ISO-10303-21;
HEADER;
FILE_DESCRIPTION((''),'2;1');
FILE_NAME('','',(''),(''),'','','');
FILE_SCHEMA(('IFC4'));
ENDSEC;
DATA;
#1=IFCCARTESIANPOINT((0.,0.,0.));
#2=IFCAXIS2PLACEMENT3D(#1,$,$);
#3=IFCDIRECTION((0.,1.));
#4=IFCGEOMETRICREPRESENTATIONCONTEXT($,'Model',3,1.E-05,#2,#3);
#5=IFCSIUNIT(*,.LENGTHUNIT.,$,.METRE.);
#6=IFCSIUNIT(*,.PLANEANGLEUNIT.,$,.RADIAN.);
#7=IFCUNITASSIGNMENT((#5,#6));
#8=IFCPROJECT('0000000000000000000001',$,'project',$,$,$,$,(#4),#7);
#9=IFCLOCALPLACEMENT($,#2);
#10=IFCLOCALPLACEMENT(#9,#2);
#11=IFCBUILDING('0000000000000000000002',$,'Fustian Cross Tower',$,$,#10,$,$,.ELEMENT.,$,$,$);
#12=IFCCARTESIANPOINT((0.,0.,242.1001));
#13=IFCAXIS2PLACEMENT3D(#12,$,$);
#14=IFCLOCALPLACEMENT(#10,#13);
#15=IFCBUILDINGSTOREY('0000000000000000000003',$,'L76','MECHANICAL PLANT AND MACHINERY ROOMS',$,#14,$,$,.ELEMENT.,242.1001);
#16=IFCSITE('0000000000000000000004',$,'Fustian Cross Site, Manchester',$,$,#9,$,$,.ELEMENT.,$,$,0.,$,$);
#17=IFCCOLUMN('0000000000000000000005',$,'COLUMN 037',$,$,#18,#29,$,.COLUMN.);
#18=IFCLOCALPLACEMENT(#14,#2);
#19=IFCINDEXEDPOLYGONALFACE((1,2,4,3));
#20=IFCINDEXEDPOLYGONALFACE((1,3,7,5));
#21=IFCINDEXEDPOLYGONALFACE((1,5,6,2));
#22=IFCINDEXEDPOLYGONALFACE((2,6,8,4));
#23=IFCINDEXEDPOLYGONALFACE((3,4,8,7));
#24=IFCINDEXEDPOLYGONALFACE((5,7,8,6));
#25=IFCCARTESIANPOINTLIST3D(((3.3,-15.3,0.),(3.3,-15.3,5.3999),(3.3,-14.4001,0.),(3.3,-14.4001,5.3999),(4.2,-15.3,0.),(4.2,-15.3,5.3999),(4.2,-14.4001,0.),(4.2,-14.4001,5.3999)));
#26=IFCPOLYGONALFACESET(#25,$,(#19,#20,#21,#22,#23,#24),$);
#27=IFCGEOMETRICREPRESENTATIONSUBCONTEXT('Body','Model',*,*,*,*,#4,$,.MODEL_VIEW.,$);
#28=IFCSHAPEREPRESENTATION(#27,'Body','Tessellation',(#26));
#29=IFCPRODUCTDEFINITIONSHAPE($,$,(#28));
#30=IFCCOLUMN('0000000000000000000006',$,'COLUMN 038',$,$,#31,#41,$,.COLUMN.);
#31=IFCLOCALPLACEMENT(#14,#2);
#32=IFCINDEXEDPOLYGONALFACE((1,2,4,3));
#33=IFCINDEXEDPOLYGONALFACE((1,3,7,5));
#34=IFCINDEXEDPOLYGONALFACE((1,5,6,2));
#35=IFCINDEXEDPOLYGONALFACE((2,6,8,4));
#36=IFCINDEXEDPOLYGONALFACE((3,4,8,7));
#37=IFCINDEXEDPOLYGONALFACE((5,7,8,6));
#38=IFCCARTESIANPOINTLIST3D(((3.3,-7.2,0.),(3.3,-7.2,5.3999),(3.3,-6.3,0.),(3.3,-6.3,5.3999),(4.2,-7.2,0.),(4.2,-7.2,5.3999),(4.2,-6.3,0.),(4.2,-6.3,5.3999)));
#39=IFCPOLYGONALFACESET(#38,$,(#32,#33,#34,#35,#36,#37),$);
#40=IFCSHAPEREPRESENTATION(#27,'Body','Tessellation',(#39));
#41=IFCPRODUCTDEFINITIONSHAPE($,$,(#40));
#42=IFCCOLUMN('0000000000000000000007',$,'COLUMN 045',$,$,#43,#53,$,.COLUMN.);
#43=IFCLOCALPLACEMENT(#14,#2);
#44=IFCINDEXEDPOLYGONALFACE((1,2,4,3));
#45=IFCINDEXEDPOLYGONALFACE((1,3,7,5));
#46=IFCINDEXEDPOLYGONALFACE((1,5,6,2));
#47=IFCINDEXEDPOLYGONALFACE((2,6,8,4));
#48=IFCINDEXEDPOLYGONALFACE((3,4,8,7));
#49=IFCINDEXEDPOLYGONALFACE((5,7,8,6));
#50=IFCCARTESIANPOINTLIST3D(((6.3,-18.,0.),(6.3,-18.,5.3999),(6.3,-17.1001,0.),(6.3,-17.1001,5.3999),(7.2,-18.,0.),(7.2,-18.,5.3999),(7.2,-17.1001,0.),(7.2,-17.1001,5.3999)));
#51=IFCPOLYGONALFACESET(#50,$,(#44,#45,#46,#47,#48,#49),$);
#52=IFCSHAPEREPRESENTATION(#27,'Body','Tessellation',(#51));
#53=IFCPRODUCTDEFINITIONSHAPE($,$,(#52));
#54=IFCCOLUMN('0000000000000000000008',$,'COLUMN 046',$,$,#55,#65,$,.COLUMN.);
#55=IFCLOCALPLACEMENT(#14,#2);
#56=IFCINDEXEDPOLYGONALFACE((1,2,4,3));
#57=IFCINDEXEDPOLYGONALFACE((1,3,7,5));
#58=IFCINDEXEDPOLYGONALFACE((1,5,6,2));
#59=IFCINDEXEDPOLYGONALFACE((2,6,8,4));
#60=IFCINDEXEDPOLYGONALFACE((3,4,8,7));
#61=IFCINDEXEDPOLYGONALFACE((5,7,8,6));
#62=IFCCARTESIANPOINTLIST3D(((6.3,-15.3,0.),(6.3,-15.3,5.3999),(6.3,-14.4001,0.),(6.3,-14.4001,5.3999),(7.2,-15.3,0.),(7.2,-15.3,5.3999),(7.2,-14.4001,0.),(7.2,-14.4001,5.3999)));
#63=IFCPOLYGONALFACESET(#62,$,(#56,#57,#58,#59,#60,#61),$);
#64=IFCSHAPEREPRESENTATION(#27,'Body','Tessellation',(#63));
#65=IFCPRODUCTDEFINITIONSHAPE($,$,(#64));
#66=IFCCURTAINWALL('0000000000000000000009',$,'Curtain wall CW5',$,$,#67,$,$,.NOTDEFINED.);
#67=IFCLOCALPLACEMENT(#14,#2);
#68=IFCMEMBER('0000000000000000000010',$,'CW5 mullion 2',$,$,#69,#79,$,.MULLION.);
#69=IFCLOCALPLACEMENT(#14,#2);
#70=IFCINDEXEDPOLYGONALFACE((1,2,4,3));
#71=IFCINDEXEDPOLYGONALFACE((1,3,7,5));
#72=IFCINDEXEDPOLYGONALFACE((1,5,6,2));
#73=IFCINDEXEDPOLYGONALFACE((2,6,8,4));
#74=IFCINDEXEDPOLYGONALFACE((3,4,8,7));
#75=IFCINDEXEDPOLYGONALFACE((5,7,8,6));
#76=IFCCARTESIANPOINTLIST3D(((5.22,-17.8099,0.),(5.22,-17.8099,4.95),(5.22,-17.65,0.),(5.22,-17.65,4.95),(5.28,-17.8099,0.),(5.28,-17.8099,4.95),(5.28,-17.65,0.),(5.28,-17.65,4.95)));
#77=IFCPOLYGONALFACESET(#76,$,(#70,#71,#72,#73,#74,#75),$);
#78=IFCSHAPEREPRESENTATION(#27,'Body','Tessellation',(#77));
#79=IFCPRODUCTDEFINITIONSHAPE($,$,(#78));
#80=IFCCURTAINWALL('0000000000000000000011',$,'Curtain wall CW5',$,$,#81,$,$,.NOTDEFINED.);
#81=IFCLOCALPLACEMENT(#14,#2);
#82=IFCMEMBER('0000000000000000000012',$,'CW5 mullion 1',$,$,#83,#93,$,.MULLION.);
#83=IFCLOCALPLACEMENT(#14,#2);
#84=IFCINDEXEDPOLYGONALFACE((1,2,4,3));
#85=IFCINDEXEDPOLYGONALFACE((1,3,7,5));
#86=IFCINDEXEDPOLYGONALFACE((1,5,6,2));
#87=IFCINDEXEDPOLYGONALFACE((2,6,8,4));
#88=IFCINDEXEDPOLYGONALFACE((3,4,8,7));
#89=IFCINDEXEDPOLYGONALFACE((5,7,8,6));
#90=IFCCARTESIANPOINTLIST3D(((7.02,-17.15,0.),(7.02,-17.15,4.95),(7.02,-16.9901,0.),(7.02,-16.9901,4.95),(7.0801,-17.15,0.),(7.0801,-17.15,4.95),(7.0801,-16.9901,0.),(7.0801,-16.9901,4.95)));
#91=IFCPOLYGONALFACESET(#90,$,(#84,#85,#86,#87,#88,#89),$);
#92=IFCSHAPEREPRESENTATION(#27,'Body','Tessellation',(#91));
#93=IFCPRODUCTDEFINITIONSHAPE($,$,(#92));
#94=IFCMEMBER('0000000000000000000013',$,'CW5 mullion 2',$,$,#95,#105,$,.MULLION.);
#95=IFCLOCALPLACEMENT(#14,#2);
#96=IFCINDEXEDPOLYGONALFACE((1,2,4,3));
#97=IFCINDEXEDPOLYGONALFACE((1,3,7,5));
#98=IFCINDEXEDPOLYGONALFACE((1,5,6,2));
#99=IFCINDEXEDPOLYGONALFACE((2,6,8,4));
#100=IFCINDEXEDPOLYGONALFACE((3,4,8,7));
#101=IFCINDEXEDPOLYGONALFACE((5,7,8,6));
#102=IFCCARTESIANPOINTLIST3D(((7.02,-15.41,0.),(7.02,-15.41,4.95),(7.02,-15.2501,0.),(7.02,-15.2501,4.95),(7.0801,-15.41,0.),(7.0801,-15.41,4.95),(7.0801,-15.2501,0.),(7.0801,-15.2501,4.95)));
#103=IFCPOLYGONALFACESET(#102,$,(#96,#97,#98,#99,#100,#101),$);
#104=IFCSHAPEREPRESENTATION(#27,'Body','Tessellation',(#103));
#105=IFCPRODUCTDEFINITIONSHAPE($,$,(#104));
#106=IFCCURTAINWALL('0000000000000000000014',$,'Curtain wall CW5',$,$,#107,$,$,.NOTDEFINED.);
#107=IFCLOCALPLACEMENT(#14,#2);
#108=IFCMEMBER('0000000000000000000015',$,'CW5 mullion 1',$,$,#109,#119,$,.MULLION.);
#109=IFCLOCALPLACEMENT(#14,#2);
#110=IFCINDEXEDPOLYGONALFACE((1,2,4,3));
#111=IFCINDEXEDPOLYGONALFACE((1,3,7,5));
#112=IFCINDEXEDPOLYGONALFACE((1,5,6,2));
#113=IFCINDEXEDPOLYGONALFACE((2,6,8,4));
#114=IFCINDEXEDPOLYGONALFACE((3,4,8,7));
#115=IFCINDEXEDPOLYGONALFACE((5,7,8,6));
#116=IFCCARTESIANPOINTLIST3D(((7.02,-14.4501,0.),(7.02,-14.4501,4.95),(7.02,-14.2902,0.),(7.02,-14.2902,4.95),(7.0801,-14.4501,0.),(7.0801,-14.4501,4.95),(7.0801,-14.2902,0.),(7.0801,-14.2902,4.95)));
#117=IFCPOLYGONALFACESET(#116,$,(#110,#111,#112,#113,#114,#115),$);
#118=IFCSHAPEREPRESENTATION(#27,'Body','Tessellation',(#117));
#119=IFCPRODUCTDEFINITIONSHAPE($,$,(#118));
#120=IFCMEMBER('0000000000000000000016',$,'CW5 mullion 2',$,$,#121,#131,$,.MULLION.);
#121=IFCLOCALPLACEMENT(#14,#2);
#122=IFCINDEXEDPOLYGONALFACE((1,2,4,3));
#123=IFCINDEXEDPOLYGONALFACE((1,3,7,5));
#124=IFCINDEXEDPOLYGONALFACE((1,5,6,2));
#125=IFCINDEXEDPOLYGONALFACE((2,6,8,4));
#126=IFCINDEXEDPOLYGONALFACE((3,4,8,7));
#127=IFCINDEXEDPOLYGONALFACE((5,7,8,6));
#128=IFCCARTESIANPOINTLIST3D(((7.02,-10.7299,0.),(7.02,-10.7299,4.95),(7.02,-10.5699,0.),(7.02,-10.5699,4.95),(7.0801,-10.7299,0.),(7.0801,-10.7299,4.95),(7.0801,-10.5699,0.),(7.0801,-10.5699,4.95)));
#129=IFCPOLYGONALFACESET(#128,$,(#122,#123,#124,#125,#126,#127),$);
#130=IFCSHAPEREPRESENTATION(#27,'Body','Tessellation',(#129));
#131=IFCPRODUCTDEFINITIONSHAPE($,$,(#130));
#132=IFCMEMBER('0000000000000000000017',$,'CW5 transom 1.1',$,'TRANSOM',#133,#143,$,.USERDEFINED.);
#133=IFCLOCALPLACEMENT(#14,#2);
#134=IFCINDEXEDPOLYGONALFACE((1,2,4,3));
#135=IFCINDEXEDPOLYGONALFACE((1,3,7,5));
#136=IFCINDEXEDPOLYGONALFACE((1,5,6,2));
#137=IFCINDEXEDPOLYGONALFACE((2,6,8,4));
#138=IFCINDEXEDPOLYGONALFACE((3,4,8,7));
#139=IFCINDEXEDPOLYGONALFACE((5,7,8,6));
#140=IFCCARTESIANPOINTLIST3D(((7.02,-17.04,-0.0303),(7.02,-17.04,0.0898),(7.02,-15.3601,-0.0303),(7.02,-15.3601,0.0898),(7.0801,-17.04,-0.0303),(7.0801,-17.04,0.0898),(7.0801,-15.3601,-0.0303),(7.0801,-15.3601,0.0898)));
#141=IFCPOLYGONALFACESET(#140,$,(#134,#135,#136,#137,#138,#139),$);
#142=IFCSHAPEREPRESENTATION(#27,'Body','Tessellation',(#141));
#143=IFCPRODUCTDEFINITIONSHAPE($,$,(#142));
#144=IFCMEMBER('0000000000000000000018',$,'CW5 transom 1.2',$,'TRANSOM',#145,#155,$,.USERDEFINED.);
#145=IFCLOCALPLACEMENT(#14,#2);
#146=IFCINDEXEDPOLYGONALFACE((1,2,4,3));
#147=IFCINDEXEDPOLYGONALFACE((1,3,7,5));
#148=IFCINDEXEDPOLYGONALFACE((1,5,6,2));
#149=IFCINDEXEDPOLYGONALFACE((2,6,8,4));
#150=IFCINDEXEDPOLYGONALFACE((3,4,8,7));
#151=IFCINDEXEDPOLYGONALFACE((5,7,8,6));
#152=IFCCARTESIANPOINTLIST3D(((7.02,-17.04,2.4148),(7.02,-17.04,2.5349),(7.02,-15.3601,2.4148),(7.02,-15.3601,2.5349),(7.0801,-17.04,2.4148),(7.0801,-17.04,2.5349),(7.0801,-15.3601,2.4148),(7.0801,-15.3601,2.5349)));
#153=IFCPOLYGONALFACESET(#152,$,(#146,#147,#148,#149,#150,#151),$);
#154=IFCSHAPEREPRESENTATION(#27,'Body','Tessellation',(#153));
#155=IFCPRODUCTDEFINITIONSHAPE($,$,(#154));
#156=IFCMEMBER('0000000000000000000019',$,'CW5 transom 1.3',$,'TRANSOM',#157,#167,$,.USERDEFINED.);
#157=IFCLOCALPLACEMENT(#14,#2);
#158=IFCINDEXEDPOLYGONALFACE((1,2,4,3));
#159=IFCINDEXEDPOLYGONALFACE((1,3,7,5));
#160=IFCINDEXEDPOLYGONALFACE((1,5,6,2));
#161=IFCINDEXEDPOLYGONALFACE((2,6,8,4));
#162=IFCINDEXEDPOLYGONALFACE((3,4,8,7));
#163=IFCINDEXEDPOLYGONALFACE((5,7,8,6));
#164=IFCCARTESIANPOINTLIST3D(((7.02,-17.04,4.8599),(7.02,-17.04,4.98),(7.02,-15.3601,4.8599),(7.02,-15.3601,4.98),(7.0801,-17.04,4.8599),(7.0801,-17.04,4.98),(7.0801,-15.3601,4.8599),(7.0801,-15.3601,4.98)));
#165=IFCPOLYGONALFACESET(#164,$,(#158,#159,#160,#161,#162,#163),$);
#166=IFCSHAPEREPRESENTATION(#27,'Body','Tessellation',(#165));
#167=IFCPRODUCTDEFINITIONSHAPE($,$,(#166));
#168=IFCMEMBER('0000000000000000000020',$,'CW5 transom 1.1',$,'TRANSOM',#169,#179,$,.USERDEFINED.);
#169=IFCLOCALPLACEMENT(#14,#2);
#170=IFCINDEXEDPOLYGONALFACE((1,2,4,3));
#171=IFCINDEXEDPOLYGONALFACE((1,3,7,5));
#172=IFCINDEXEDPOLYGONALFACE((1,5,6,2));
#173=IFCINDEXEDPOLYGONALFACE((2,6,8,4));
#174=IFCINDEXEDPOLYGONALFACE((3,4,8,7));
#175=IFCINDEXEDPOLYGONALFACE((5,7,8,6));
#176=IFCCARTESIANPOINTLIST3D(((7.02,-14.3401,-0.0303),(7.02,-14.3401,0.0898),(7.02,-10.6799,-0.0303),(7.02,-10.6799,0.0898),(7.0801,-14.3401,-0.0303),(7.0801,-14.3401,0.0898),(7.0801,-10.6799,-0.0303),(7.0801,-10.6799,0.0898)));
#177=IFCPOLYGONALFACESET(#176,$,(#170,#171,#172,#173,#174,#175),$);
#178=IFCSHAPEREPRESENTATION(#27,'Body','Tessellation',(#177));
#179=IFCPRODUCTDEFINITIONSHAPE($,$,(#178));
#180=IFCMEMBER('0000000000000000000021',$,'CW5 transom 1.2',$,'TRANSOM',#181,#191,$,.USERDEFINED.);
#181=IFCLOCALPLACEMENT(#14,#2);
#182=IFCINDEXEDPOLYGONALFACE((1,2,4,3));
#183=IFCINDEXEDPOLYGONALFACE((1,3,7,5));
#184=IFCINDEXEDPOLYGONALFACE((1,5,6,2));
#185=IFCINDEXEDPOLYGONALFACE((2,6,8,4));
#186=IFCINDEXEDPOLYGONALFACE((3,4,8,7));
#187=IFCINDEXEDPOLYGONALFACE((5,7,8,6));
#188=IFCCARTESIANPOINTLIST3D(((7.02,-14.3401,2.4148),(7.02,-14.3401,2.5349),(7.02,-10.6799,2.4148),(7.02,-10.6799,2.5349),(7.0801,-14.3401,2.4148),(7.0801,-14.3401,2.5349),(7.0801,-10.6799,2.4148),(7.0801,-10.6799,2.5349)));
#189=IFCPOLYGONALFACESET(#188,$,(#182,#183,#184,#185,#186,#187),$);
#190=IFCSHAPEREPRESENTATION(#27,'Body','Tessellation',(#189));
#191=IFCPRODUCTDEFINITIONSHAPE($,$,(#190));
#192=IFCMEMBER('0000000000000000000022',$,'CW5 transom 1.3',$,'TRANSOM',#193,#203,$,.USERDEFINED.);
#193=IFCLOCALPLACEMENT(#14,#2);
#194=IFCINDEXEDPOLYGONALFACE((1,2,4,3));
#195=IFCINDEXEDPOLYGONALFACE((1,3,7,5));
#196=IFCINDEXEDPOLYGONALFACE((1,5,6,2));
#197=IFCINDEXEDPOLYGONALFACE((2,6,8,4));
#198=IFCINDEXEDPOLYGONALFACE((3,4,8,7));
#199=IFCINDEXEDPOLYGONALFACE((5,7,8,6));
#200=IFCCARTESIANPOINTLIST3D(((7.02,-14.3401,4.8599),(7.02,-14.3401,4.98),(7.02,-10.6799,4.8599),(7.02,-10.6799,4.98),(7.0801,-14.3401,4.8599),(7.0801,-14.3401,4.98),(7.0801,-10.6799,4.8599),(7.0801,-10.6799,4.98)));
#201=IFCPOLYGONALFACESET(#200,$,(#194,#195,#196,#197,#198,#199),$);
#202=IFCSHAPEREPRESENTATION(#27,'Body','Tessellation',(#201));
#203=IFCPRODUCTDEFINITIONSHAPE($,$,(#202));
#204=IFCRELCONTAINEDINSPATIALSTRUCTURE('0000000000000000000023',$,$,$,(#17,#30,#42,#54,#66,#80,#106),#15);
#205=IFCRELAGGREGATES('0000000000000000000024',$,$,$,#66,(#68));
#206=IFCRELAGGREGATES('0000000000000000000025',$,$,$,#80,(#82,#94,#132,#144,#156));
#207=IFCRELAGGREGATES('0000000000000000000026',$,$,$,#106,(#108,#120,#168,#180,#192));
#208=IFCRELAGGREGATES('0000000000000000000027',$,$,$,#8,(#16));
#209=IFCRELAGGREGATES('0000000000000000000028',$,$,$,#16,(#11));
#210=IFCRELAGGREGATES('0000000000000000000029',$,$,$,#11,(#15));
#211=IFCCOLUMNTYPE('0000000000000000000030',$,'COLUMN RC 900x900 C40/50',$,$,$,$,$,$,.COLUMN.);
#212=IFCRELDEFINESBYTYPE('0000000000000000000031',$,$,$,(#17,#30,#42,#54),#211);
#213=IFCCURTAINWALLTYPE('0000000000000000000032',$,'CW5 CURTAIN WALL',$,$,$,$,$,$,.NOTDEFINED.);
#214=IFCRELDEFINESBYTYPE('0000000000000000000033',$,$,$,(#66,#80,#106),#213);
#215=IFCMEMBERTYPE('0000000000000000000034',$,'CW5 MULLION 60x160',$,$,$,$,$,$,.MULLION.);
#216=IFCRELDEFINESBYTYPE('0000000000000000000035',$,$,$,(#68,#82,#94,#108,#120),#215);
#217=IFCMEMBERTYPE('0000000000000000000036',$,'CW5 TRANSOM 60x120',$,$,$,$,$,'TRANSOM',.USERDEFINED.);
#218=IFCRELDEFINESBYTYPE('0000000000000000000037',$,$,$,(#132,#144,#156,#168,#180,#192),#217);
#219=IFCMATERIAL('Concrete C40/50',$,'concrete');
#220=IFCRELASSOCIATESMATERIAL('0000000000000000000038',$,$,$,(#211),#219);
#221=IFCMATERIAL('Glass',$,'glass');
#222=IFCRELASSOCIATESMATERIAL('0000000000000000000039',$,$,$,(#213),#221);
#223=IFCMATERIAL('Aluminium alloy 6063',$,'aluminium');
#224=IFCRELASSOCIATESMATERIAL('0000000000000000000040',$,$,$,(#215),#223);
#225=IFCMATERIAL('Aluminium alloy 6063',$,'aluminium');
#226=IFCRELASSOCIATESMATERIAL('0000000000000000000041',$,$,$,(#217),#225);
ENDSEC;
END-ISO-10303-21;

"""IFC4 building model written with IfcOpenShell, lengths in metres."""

from ifc_helpers import new_model, si_unit, direction, frame, origin, origin_2d, place, context, subcontext, project, spatial, rectangle, extrude, material, material_profile, profile_set, type_object, element, aggregate, save


model = new_model("IFC4")

# Units and contexts
model_context = context("Model", 3, precision=1e-05, world=origin(), true_north=direction((0.0, 1.0)))
body_context = subcontext(model_context, "Body", "Model", "MODEL_VIEW")
ifc_project = project(units=[si_unit("LENGTHUNIT", "METRE"), si_unit("PLANEANGLEUNIT", "RADIAN")], contexts=[model_context])

# Site, building, storey
site_placement = place(None, origin())
site = spatial("IfcSite", under=ifc_project, at=site_placement, Name="Fustian Cross Site, Manchester", CompositionType="ELEMENT", RefElevation=0.0)
building_placement = place(site_placement, origin())
building = spatial("IfcBuilding", under=site, at=building_placement, Name="Fustian Cross Tower", CompositionType="ELEMENT")
storey_placement = place(building_placement, frame((0.0, 0.0, 242.1001)))
storey = spatial("IfcBuildingStorey", under=building, at=storey_placement, Name="L76", Description="MECHANICAL PLANT AND MACHINERY ROOMS", CompositionType="ELEMENT", Elevation=242.1001)

# Columns
ifc_material_1 = material(Name="Concrete C40/50", Category="concrete")
ifc_material_profile_1 = material_profile(ifc_material_1, rectangle(XDim=0.8999, YDim=0.8999, at=origin_2d()), Name="RC 900x900")
ifc_profile_set_1 = profile_set([ifc_material_profile_1], Name="Concrete C40/50")
column_type = type_object("IfcColumnType", Name="COLUMN RC 900x900 C40/50", PredefinedType="COLUMN", material=ifc_profile_set_1)
for number, where, z_axis, x_axis, name in (
    (1, (3.75, -14.8501, 0.0), (0.0, 0.0, 1.0), (1.0, 0.0, 0.0), "COLUMN 037"),
    (2, (3.75, -6.75, 0.0), (0.0, 0.0, 1.0), (1.0, 0.0, 0.0), "COLUMN 038"),
    (3, (6.75, -17.55, 0.0), (0.0, 0.0, 1.0), (1.0, 0.0, 0.0), "COLUMN 045"),
    (4, (6.75, -14.8501, 0.0), (0.0, 0.0, 1.0), (1.0, 0.0, 0.0), "COLUMN 046"),
):
    element("IfcColumn", number, at=place(storey_placement, frame(where, z_axis=z_axis, x_axis=x_axis)), inside=storey, type_object=column_type, Name=name, PredefinedType="COLUMN", context=body_context, shape_type="SweptSolid", body=[
        extrude(rectangle(XDim=0.8999, YDim=0.8999, at=origin_2d()), origin(), (0.0, 0.0, 1.0), 5.3999),
    ])

# Curtain wall, member
ifc_material_2 = material(Name="Glass", Category="glass")
curtain_wall_type = type_object("IfcCurtainWallType", Name="CW5 CURTAIN WALL", PredefinedType="NOTDEFINED", material=ifc_material_2)
curtain_wall_1_placement = place(storey_placement, origin())
curtain_wall_1 = element("IfcCurtainWall", 5, at=curtain_wall_1_placement, inside=storey, type_object=curtain_wall_type, Name="Curtain wall CW5", PredefinedType="NOTDEFINED")
ifc_material_3 = material(Name="Aluminium alloy 6063", Category="aluminium")
ifc_material_profile_2 = material_profile(ifc_material_3, rectangle(XDim=0.0601, YDim=0.1599, at=origin_2d()), Name="CW5 MULLION 60x160")
ifc_profile_set_2 = profile_set([ifc_material_profile_2], Name="Aluminium alloy 6063")
member_type_1 = type_object("IfcMemberType", Name="CW5 MULLION 60x160", PredefinedType="MULLION", material=ifc_profile_set_2)
member_1_placement = place(storey_placement, frame((5.25, -17.73, 0.0), z_axis=(0.0, 0.0, 1.0), x_axis=(-1.0, 0.0, 0.0)))
member_1 = element("IfcMember", 6, at=member_1_placement, type_object=member_type_1, Name="CW5 mullion 2", PredefinedType="MULLION", context=body_context, shape_type="SweptSolid", body=[
    extrude(rectangle(XDim=0.0601, YDim=0.1599, at=origin_2d()), origin(), (0.0, 0.0, 1.0), 4.95),
])
aggregate(curtain_wall_1, [member_1])

# Curtain walls, members
curtain_wall_2_placement = place(storey_placement, origin())
curtain_wall_2 = element("IfcCurtainWall", 7, at=curtain_wall_2_placement, inside=storey, type_object=curtain_wall_type, Name="Curtain wall CW5", PredefinedType="NOTDEFINED")
member_2_placement = place(storey_placement, frame((7.05, -17.0701, 0.0), z_axis=(0.0, 0.0, 1.0), x_axis=(-1.0, 0.0, 0.0)))
member_2 = element("IfcMember", 8, at=member_2_placement, type_object=member_type_1, Name="CW5 mullion 1", PredefinedType="MULLION", context=body_context, shape_type="SweptSolid", body=[
    extrude(rectangle(XDim=0.0601, YDim=0.1599, at=origin_2d()), origin(), (0.0, 0.0, 1.0), 4.95),
])
member_3_placement = place(storey_placement, frame((7.05, -15.3301, 0.0), z_axis=(0.0, 0.0, 1.0), x_axis=(-1.0, 0.0, 0.0)))
member_3 = element("IfcMember", 9, at=member_3_placement, type_object=member_type_1, Name="CW5 mullion 2", PredefinedType="MULLION", context=body_context, shape_type="SweptSolid", body=[
    extrude(rectangle(XDim=0.0601, YDim=0.1599, at=origin_2d()), origin(), (0.0, 0.0, 1.0), 4.95),
])
curtain_wall_3_placement = place(storey_placement, origin())
curtain_wall_3 = element("IfcCurtainWall", 10, at=curtain_wall_3_placement, inside=storey, type_object=curtain_wall_type, Name="Curtain wall CW5", PredefinedType="NOTDEFINED")
member_4_placement = place(storey_placement, frame((7.05, -14.3701, 0.0), z_axis=(0.0, 0.0, 1.0), x_axis=(-1.0, 0.0, 0.0)))
member_4 = element("IfcMember", 11, at=member_4_placement, type_object=member_type_1, Name="CW5 mullion 1", PredefinedType="MULLION", context=body_context, shape_type="SweptSolid", body=[
    extrude(rectangle(XDim=0.0601, YDim=0.1599, at=origin_2d()), origin(), (0.0, 0.0, 1.0), 4.95),
])
member_5_placement = place(storey_placement, frame((7.05, -10.6499, 0.0), z_axis=(0.0, 0.0, 1.0), x_axis=(-1.0, 0.0, 0.0)))
member_5 = element("IfcMember", 12, at=member_5_placement, type_object=member_type_1, Name="CW5 mullion 2", PredefinedType="MULLION", context=body_context, shape_type="SweptSolid", body=[
    extrude(rectangle(XDim=0.0601, YDim=0.1599, at=origin_2d()), origin(), (0.0, 0.0, 1.0), 4.95),
])

# Members
ifc_material_4 = material(Name="Aluminium alloy 6063", Category="aluminium")
ifc_material_profile_3 = material_profile(ifc_material_4, rectangle(XDim=0.0601, YDim=0.1201, at=origin_2d()), Name="CW5 TRANSOM 60x120")
ifc_profile_set_3 = profile_set([ifc_material_profile_3], Name="Aluminium alloy 6063")
member_type_2 = type_object("IfcMemberType", Name="CW5 TRANSOM 60x120", ElementType="TRANSOM", PredefinedType="USERDEFINED", material=ifc_profile_set_3)
member_6_placement = place(storey_placement, frame((7.05, -17.04, 0.0298), z_axis=(0.0, 1.0, 0.0), x_axis=(-1.0, 0.0, 0.0)))
member_6 = element("IfcMember", 13, at=member_6_placement, type_object=member_type_2, Name="CW5 transom 1.1", ObjectType="TRANSOM", PredefinedType="USERDEFINED", context=body_context, shape_type="SweptSolid", body=[
    extrude(rectangle(XDim=0.0601, YDim=0.1201, at=origin_2d()), origin(), (0.0, 0.0, 1.0), 1.6799),
])
member_7_placement = place(storey_placement, frame((7.05, -17.04, 2.4749), z_axis=(0.0, 1.0, 0.0), x_axis=(-1.0, 0.0, 0.0)))
member_7 = element("IfcMember", 14, at=member_7_placement, type_object=member_type_2, Name="CW5 transom 1.2", ObjectType="TRANSOM", PredefinedType="USERDEFINED", context=body_context, shape_type="SweptSolid", body=[
    extrude(rectangle(XDim=0.0601, YDim=0.1201, at=origin_2d()), origin(), (0.0, 0.0, 1.0), 1.6799),
])
member_8_placement = place(storey_placement, frame((7.05, -17.04, 4.9199), z_axis=(0.0, 1.0, 0.0), x_axis=(-1.0, 0.0, 0.0)))
member_8 = element("IfcMember", 15, at=member_8_placement, type_object=member_type_2, Name="CW5 transom 1.3", ObjectType="TRANSOM", PredefinedType="USERDEFINED", context=body_context, shape_type="SweptSolid", body=[
    extrude(rectangle(XDim=0.0601, YDim=0.1201, at=origin_2d()), origin(), (0.0, 0.0, 1.0), 1.6799),
])
member_9_placement = place(storey_placement, frame((7.05, -14.3401, 0.0298), z_axis=(0.0, 1.0, 0.0), x_axis=(-1.0, 0.0, 0.0)))
member_9 = element("IfcMember", 16, at=member_9_placement, type_object=member_type_2, Name="CW5 transom 1.1", ObjectType="TRANSOM", PredefinedType="USERDEFINED", context=body_context, shape_type="SweptSolid", body=[
    extrude(rectangle(XDim=0.0601, YDim=0.1201, at=origin_2d()), origin(), (0.0, 0.0, 1.0), 3.6602),
])
member_10_placement = place(storey_placement, frame((7.05, -14.3401, 2.4749), z_axis=(0.0, 1.0, 0.0), x_axis=(-1.0, 0.0, 0.0)))
member_10 = element("IfcMember", 17, at=member_10_placement, type_object=member_type_2, Name="CW5 transom 1.2", ObjectType="TRANSOM", PredefinedType="USERDEFINED", context=body_context, shape_type="SweptSolid", body=[
    extrude(rectangle(XDim=0.0601, YDim=0.1201, at=origin_2d()), origin(), (0.0, 0.0, 1.0), 3.6602),
])
member_11_placement = place(storey_placement, frame((7.05, -14.3401, 4.9199), z_axis=(0.0, 1.0, 0.0), x_axis=(-1.0, 0.0, 0.0)))
member_11 = element("IfcMember", 18, at=member_11_placement, type_object=member_type_2, Name="CW5 transom 1.3", ObjectType="TRANSOM", PredefinedType="USERDEFINED", context=body_context, shape_type="SweptSolid", body=[
    extrude(rectangle(XDim=0.0601, YDim=0.1201, at=origin_2d()), origin(), (0.0, 0.0, 1.0), 3.6602),
])

aggregate(curtain_wall_2, [member_2, member_3, member_6, member_7, member_8])
aggregate(curtain_wall_3, [member_4, member_5, member_9, member_10, member_11])

save(model, "model.ifc")
